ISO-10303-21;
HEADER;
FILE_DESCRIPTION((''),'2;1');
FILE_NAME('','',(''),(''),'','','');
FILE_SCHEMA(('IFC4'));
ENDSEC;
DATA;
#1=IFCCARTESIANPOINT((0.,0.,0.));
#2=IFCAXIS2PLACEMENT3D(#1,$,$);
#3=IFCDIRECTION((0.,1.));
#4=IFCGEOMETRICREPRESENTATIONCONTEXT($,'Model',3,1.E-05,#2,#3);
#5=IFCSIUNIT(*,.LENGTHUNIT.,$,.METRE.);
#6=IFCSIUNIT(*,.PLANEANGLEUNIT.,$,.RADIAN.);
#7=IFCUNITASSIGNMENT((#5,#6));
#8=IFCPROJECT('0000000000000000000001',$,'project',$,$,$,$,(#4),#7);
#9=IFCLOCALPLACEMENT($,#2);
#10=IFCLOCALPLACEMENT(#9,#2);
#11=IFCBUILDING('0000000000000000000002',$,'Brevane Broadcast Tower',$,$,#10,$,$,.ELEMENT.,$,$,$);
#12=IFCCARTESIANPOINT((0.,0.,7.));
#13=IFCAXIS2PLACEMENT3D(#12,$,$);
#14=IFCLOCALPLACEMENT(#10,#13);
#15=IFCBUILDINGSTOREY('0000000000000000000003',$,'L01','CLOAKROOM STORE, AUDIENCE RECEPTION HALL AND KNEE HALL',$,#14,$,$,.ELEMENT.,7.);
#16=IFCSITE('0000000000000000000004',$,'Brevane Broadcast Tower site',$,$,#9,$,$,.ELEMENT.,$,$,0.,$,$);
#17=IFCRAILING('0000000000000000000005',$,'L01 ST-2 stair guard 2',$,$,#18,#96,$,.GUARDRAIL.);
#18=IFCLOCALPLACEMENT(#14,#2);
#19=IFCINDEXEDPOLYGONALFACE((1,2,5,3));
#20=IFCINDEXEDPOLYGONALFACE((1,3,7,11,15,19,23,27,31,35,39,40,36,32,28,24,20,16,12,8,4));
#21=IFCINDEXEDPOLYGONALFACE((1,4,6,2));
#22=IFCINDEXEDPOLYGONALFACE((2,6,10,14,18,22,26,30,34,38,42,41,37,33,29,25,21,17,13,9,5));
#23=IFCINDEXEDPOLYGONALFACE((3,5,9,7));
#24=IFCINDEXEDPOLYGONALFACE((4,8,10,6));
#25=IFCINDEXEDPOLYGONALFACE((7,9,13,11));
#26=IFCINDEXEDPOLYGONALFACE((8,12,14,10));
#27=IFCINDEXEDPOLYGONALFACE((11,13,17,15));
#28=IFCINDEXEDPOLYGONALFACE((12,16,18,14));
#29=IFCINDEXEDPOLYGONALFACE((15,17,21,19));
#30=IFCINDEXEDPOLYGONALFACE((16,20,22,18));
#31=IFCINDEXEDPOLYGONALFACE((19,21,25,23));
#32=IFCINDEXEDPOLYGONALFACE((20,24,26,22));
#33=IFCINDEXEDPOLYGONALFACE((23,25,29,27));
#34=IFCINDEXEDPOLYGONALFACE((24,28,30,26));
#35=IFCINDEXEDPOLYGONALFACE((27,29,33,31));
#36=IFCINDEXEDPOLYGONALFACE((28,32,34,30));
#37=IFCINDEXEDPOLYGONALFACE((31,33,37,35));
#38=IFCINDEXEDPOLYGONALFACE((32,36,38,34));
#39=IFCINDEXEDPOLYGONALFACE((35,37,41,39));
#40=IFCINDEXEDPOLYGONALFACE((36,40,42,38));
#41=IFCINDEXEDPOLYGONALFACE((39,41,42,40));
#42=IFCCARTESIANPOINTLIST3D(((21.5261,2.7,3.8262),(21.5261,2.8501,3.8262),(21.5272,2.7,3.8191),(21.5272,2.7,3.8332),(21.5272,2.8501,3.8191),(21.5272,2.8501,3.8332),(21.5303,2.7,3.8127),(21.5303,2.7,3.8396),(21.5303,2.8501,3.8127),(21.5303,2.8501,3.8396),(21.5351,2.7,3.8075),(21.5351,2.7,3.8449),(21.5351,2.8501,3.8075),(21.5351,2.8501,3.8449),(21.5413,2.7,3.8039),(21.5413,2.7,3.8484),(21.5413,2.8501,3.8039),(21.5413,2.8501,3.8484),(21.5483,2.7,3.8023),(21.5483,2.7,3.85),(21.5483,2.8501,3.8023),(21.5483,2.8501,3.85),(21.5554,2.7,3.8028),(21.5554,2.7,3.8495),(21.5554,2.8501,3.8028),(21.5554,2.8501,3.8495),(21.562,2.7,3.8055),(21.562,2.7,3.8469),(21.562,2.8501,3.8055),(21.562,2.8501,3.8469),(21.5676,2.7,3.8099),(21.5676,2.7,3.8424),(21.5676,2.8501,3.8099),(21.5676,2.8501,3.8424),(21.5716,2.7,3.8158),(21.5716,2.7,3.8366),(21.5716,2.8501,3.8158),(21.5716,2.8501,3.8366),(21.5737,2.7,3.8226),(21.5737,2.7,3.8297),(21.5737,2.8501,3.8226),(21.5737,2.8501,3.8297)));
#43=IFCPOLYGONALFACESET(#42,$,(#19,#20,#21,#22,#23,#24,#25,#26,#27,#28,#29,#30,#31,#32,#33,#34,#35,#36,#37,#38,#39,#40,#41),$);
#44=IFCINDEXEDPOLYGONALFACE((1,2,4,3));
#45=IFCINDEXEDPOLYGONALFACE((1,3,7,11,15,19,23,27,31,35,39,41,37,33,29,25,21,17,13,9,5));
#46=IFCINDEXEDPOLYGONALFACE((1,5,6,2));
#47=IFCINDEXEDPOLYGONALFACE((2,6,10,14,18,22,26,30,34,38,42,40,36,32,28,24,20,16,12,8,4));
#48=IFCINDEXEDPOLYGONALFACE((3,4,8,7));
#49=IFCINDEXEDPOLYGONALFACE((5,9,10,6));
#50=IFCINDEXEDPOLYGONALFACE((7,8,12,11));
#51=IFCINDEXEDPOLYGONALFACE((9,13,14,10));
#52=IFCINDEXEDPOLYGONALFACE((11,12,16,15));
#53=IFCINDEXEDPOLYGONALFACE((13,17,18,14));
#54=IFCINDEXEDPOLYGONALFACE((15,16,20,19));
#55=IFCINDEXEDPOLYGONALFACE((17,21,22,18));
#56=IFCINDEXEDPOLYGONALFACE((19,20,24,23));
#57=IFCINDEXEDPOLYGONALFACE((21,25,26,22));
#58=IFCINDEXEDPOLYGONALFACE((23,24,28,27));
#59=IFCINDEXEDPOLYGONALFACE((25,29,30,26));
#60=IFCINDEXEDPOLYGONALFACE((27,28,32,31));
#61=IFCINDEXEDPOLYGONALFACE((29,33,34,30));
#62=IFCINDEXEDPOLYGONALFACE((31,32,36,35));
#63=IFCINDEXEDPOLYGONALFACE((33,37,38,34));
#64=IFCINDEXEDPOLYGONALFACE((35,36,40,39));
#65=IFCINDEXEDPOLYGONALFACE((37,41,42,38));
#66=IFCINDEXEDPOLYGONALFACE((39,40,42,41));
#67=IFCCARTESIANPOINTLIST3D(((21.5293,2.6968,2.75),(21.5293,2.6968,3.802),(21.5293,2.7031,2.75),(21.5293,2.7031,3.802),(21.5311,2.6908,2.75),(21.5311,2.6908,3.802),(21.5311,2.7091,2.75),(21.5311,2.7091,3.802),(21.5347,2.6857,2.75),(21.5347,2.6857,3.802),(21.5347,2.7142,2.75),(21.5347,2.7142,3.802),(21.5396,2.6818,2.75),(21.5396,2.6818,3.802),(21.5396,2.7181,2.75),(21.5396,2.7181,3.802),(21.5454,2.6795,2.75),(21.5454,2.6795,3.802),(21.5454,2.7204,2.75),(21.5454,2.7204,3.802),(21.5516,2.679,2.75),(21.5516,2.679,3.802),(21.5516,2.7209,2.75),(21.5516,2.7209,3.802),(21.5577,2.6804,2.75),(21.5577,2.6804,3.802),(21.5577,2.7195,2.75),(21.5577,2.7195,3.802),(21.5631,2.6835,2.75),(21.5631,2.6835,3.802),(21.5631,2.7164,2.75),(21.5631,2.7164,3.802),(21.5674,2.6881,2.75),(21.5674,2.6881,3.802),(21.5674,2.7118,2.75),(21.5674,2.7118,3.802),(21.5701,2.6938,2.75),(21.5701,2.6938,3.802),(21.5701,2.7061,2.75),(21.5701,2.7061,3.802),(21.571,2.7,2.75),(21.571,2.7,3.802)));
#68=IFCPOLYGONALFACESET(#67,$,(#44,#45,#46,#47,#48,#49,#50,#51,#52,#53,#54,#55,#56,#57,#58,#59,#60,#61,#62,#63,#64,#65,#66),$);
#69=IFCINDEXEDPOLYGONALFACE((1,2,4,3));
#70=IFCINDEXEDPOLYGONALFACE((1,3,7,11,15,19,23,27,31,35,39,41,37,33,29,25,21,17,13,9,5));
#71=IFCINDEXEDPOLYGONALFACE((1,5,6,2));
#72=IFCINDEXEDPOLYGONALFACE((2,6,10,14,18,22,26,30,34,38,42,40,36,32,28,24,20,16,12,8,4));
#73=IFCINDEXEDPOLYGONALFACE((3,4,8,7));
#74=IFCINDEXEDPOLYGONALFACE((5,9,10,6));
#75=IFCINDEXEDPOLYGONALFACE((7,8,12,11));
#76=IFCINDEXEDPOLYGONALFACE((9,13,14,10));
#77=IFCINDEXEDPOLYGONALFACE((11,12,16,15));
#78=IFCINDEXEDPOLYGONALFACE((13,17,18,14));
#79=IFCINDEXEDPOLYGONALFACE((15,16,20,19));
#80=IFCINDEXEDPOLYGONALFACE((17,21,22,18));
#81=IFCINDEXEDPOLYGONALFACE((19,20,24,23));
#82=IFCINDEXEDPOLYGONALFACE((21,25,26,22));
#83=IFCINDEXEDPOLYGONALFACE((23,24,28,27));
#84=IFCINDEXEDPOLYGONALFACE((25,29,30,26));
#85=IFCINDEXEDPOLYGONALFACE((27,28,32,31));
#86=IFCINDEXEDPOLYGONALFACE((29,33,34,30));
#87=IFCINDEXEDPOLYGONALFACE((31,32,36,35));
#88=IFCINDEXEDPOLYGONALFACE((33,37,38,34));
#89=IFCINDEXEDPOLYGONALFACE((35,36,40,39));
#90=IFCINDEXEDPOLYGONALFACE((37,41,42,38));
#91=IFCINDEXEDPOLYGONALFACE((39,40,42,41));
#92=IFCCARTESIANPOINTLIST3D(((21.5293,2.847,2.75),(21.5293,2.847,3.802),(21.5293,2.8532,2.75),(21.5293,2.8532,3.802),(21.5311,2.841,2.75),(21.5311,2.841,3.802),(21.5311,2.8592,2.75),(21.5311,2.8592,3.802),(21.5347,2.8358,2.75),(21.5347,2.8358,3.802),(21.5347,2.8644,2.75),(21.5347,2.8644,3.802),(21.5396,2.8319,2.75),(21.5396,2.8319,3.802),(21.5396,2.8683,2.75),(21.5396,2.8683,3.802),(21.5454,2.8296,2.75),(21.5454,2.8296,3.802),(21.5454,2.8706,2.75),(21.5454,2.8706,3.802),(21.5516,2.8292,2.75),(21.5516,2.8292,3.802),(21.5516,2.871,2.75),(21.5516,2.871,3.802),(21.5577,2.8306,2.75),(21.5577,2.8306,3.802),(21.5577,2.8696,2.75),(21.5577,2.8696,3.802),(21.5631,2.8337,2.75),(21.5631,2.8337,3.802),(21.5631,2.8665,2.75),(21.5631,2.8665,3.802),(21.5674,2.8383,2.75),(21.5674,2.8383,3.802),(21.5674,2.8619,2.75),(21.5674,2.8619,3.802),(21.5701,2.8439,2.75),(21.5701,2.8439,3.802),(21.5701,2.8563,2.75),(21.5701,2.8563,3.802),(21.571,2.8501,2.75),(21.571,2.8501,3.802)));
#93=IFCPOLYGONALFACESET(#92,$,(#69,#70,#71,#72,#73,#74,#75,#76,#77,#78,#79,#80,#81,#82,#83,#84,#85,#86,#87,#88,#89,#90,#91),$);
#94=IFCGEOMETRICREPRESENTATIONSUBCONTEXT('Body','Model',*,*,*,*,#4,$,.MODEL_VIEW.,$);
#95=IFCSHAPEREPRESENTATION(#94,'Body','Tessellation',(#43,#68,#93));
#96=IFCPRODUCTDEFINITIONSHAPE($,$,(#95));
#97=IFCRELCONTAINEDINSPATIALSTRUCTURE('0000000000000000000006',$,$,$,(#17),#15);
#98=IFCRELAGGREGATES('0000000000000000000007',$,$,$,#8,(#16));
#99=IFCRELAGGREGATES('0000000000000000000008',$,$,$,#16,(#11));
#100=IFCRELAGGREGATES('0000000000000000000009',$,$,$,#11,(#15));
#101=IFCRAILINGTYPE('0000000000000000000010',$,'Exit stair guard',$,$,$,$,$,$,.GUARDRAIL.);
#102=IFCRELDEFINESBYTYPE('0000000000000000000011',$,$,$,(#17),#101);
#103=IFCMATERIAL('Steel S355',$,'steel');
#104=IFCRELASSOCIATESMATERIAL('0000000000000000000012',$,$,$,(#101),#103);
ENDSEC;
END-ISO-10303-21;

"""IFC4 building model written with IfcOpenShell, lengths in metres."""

from ifc_helpers import new_model, si_unit, direction, frame, origin, origin_2d, place, context, subcontext, project, spatial, circle, extrude, material, type_object, element, save


model = new_model("IFC4")

# Units and contexts
model_context = context("Model", 3, precision=1e-05, world=origin(), true_north=direction((0.0, 1.0)))
body_context = subcontext(model_context, "Body", "Model", "MODEL_VIEW")
ifc_project = project(units=[si_unit("LENGTHUNIT", "METRE"), si_unit("PLANEANGLEUNIT", "RADIAN")], contexts=[model_context])

# Site, building, storey
site_placement = place(None, origin())
site = spatial("IfcSite", under=ifc_project, at=site_placement, Name="Brevane Broadcast Tower site", CompositionType="ELEMENT", RefElevation=0.0)
building_placement = place(site_placement, origin())
building = spatial("IfcBuilding", under=site, at=building_placement, Name="Brevane Broadcast Tower", CompositionType="ELEMENT")
storey_placement = place(building_placement, frame((0.0, 0.0, 7.0)))
storey = spatial("IfcBuildingStorey", under=building, at=storey_placement, Name="L01", Description="CLOAKROOM STORE, AUDIENCE RECEPTION HALL AND KNEE HALL", CompositionType="ELEMENT", Elevation=7.0)

# Railing
ifc_material_1 = material(Name="Steel S355", Category="steel")
railing_type_1 = type_object("IfcRailingType", Name="Exit stair guard", PredefinedType="GUARDRAIL", material=ifc_material_1)
railing_1_placement = place(storey_placement, frame((21.55, 2.7, 2.75)))
element("IfcRailing", 1, at=railing_1_placement, inside=storey, type_object=railing_type_1, Name="L01 ST-2 stair guard 2", PredefinedType="GUARDRAIL", context=body_context, shape_type="SweptSolid", body=[
    extrude(circle(Radius=0.0239, at=origin_2d()), frame((0.0, 0.0, 1.0762), z_axis=(0.0, 1.0, 0.0), x_axis=(-1.0, 0.0, 0.0)), (0.0, 0.0, 1.0), 0.1501),
    extrude(circle(Radius=0.021, at=origin_2d()), origin(), (0.0, 0.0, 1.0), 1.052),
    extrude(circle(Radius=0.021, at=origin_2d()), frame((0.0, 0.1501, 0.0)), (0.0, 0.0, 1.0), 1.052),
])

save(model, "model.ifc")
